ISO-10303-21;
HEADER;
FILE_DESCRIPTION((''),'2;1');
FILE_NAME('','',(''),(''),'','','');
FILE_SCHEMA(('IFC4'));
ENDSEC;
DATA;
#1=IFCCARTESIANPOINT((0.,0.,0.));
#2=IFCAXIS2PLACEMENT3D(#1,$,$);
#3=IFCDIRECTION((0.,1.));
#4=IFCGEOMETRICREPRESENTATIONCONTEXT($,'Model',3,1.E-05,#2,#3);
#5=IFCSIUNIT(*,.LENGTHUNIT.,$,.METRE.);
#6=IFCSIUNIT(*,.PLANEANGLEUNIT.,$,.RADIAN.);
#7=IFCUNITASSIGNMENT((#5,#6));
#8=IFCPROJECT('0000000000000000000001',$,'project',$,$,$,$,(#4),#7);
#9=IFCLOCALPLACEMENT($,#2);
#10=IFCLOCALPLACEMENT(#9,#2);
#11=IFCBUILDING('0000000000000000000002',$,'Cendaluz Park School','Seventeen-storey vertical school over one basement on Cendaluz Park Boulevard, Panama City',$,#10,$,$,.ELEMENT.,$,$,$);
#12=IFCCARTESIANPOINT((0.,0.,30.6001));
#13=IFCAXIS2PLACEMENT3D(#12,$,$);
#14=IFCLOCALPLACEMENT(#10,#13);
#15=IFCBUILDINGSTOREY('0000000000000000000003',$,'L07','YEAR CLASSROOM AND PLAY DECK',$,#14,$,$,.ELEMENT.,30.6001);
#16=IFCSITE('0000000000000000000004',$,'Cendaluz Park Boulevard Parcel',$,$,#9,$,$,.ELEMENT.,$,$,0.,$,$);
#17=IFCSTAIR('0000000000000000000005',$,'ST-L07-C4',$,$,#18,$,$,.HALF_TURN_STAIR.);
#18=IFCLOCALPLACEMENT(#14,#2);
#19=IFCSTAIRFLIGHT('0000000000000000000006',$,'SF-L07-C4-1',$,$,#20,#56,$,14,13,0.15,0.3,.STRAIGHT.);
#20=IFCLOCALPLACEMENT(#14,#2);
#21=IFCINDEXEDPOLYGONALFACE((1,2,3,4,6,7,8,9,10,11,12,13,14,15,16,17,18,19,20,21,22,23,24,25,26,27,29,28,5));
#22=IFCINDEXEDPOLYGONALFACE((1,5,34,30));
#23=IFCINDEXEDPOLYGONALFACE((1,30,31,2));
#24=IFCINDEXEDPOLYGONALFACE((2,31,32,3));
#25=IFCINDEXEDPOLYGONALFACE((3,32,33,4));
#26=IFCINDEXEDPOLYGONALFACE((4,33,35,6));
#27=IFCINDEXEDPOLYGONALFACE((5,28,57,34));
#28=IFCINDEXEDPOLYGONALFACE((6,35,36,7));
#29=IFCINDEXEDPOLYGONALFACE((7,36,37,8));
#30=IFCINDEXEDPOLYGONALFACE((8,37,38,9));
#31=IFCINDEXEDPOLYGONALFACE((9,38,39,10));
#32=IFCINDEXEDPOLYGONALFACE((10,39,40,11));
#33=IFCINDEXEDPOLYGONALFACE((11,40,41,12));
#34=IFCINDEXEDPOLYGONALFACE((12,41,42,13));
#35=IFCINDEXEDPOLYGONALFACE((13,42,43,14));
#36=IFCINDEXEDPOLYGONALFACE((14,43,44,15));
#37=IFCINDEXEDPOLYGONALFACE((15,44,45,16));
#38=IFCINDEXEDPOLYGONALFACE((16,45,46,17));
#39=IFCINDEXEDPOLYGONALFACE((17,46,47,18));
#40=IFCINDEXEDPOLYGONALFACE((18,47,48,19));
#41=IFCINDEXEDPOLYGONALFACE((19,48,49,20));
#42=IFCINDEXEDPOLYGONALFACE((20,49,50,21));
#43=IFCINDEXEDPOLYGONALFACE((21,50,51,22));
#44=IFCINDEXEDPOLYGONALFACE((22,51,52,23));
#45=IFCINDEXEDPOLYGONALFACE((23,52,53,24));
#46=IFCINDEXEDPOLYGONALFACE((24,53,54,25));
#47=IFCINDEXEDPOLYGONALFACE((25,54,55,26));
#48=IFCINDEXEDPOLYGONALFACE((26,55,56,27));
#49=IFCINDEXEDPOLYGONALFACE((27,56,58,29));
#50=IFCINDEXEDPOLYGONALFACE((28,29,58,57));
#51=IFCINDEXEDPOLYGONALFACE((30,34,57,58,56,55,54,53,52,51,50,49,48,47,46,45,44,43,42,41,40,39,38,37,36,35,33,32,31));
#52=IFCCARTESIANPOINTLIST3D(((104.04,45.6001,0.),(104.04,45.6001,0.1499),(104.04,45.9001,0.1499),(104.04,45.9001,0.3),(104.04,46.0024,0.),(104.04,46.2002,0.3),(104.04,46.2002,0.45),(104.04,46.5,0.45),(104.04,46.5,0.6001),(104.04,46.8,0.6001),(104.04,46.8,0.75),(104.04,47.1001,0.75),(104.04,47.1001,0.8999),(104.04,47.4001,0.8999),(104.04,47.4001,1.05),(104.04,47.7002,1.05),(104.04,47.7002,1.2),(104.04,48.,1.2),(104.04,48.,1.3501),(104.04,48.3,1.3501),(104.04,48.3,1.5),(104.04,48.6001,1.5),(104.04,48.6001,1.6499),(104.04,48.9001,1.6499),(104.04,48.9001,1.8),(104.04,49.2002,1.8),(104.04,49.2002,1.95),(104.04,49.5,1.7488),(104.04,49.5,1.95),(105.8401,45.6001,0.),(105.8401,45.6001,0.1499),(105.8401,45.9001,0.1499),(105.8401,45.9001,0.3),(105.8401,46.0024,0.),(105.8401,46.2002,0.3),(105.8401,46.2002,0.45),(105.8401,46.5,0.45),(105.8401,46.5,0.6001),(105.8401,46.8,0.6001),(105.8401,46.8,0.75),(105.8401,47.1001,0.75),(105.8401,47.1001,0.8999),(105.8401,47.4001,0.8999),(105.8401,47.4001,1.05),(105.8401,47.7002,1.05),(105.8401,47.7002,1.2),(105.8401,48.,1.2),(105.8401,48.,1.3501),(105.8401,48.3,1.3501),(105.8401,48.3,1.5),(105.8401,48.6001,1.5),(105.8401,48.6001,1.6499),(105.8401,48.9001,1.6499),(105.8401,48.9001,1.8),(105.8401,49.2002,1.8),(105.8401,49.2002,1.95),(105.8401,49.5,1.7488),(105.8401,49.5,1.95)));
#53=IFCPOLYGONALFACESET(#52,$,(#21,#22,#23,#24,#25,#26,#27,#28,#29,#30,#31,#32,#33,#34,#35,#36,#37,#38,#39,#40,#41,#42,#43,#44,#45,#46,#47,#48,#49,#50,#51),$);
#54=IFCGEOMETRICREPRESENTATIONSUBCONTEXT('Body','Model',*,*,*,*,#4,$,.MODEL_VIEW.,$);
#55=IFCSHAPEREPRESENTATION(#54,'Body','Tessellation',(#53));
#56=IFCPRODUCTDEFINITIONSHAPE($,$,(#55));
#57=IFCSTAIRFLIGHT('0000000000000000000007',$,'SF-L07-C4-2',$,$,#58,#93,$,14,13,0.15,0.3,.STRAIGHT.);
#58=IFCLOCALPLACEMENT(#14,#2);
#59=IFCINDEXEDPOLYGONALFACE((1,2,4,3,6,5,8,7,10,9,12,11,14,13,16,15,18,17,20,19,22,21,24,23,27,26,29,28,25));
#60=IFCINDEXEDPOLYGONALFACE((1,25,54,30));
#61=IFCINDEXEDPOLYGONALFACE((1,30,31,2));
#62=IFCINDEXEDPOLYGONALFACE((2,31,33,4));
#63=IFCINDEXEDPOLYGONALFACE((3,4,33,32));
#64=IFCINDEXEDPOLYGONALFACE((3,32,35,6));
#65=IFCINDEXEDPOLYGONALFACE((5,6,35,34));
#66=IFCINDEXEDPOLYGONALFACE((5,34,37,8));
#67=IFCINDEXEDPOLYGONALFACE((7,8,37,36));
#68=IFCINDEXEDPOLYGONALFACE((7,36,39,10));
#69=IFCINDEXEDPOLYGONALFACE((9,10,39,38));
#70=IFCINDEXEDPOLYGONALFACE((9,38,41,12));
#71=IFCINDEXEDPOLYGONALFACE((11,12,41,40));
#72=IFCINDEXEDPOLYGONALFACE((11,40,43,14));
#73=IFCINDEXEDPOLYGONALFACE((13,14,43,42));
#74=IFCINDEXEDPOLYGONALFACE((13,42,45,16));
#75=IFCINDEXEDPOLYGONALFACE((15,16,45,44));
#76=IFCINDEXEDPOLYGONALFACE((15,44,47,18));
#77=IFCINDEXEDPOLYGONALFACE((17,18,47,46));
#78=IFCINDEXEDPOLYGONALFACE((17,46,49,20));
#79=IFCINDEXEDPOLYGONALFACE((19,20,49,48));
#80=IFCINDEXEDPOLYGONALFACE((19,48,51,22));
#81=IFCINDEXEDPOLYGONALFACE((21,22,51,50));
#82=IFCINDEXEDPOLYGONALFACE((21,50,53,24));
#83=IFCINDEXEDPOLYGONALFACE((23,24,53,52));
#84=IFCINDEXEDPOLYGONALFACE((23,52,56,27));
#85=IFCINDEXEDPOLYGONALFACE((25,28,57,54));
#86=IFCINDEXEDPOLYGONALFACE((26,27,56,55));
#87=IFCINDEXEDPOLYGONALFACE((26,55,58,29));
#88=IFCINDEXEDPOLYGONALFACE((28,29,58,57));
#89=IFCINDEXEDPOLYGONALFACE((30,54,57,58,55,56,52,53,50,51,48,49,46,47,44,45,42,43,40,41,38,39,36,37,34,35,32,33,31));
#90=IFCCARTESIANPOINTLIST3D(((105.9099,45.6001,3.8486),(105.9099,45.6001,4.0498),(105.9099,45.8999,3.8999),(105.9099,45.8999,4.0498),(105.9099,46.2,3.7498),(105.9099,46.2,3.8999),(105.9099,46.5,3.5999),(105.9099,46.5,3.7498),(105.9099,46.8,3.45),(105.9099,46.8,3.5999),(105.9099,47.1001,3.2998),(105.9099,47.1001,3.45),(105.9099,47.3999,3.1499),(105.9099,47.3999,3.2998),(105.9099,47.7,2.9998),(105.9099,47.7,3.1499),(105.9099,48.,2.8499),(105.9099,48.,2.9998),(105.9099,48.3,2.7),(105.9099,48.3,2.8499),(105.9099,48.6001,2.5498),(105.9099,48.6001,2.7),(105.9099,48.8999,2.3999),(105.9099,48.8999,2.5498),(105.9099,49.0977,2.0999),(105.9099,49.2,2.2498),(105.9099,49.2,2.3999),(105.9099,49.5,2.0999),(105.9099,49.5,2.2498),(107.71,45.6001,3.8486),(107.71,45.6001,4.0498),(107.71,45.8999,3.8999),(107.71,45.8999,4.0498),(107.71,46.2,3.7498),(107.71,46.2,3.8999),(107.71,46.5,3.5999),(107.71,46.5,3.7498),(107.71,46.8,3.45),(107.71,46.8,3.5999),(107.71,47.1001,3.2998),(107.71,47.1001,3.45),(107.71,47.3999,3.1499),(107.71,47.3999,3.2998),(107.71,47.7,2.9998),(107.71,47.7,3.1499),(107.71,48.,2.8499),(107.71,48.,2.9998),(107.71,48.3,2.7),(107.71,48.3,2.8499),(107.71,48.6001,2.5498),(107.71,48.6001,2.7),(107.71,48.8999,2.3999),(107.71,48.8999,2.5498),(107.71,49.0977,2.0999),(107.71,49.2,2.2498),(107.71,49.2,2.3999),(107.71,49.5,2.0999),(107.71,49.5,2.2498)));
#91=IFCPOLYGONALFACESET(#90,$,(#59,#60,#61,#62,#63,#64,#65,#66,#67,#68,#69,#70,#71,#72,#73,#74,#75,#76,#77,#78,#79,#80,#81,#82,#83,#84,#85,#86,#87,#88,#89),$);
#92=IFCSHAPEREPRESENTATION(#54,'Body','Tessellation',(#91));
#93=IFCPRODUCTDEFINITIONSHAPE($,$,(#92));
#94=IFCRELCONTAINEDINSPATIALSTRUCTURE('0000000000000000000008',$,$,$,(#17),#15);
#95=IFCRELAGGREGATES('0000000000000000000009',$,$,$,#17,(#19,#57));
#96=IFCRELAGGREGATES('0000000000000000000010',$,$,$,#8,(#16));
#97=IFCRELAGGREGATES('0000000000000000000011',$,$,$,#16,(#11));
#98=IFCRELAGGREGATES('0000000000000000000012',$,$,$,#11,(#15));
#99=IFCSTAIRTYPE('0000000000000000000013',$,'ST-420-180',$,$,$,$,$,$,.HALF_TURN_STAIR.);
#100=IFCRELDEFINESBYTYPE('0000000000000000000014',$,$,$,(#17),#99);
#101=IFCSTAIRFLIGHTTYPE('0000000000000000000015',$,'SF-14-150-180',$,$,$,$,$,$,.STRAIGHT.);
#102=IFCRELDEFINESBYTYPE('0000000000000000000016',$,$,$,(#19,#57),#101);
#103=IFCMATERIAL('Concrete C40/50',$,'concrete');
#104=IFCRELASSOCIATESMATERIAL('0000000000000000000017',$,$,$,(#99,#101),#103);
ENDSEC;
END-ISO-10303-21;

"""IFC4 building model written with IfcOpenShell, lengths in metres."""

from ifc_helpers import new_model, si_unit, direction, frame, origin, place, context, subcontext, project, spatial, polyline, outline, extrude, material, type_object, element, aggregate, save


model = new_model("IFC4")

# Units and contexts
model_context = context("Model", 3, precision=1e-05, world=origin(), true_north=direction((0.0, 1.0)))
body_context = subcontext(model_context, "Body", "Model", "MODEL_VIEW")
ifc_project = project(units=[si_unit("LENGTHUNIT", "METRE"), si_unit("PLANEANGLEUNIT", "RADIAN")], contexts=[model_context])

# Site, building, storey
site_placement = place(None, origin())
site = spatial("IfcSite", under=ifc_project, at=site_placement, Name="Cendaluz Park Boulevard Parcel", CompositionType="ELEMENT", RefElevation=0.0)
building_placement = place(site_placement, origin())
building = spatial("IfcBuilding", under=site, at=building_placement, Name="Cendaluz Park School", Description="Seventeen-storey vertical school over one basement on Cendaluz Park Boulevard, Panama City", CompositionType="ELEMENT")
storey_placement = place(building_placement, frame((0.0, 0.0, 30.6001)))
storey = spatial("IfcBuildingStorey", under=building, at=storey_placement, Name="L07", Description="YEAR CLASSROOM AND PLAY DECK", CompositionType="ELEMENT", Elevation=30.6001)

# Shared definitions
ifc_material_1 = material(Name="Concrete C40/50", Category="concrete")

# Stair, stair flights
stair_type = type_object("IfcStairType", Name="ST-420-180", PredefinedType="HALF_TURN_STAIR", material=ifc_material_1)
stair_placement = place(storey_placement, origin())
stair = element("IfcStair", 1, at=stair_placement, inside=storey, type_object=stair_type, Name="ST-L07-C4", PredefinedType="HALF_TURN_STAIR")
stair_flight_type = type_object("IfcStairFlightType", Name="SF-14-150-180", PredefinedType="STRAIGHT", material=ifc_material_1)
stair_flight_1_placement = place(storey_placement, frame((104.9399, 45.6001, 0.0), z_axis=(0.0, 0.0, 1.0), x_axis=(0.0, 1.0, 0.0)))
stair_flight_1 = element("IfcStairFlight", 2, at=stair_flight_1_placement, type_object=stair_flight_type, Name="SF-L07-C4-1", NumberOfRisers=14, NumberOfTreads=13, PredefinedType="STRAIGHT", RiserHeight=0.15, TreadLength=0.3, context=body_context, shape_type="SweptSolid", body=[
    extrude(outline(polyline([(0.0, 0.0), (0.0, 0.1499), (0.3, 0.1499), (0.3, 0.3), (0.6001, 0.3), (0.6001, 0.45), (0.8999, 0.45), (0.8999, 0.6001), (1.2, 0.6001), (1.2, 0.75), (1.5, 0.75), (1.5, 0.8999), (1.8, 0.8999), (1.8, 1.05), (2.1001, 1.05), (2.1001, 1.2), (2.3999, 1.2), (2.3999, 1.3501), (2.7, 1.3501), (2.7, 1.5), (3.0, 1.5), (3.0, 1.6499), (3.3, 1.6499), (3.3, 1.8), (3.6001, 1.8), (3.6001, 1.95), (3.8999, 1.95), (3.8999, 2.1001), (3.8999, 1.7488), (0.4023, 0.0), (0.0, 0.0)])), frame((0.0, 0.8999, 0.0), z_axis=(0.0, -1.0, 0.0), x_axis=(1.0, 0.0, 0.0)), (0.0, 0.0, 1.0), 1.8),
])
stair_flight_2_placement = place(storey_placement, frame((106.8101, 49.5, 2.0999), z_axis=(0.0, 0.0, 1.0), x_axis=(0.0, -1.0, 0.0)))
stair_flight_2 = element("IfcStairFlight", 3, at=stair_flight_2_placement, type_object=stair_flight_type, Name="SF-L07-C4-2", NumberOfRisers=14, NumberOfTreads=13, PredefinedType="STRAIGHT", RiserHeight=0.15, TreadLength=0.3, context=body_context, shape_type="SweptSolid", body=[
    extrude(outline(polyline([(0.0, 0.0), (0.0, 0.1499), (0.3, 0.1499), (0.3, 0.3), (0.6001, 0.3), (0.6001, 0.45), (0.8999, 0.45), (0.8999, 0.6001), (1.2, 0.6001), (1.2, 0.75), (1.5, 0.75), (1.5, 0.8999), (1.8, 0.8999), (1.8, 1.05), (2.1001, 1.05), (2.1001, 1.2), (2.3999, 1.2), (2.3999, 1.3501), (2.7, 1.3501), (2.7, 1.5), (3.0, 1.5), (3.0, 1.6499), (3.3, 1.6499), (3.3, 1.8), (3.6001, 1.8), (3.6001, 1.95), (3.8999, 1.95), (3.8999, 2.1001), (3.8999, 1.7488), (0.4023, 0.0), (0.0, 0.0)])), frame((0.0, 0.8999, 0.0), z_axis=(0.0, -1.0, 0.0), x_axis=(1.0, 0.0, 0.0)), (0.0, 0.0, 1.0), 1.8),
])
aggregate(stair, [stair_flight_1, stair_flight_2])

save(model, "model.ifc")
